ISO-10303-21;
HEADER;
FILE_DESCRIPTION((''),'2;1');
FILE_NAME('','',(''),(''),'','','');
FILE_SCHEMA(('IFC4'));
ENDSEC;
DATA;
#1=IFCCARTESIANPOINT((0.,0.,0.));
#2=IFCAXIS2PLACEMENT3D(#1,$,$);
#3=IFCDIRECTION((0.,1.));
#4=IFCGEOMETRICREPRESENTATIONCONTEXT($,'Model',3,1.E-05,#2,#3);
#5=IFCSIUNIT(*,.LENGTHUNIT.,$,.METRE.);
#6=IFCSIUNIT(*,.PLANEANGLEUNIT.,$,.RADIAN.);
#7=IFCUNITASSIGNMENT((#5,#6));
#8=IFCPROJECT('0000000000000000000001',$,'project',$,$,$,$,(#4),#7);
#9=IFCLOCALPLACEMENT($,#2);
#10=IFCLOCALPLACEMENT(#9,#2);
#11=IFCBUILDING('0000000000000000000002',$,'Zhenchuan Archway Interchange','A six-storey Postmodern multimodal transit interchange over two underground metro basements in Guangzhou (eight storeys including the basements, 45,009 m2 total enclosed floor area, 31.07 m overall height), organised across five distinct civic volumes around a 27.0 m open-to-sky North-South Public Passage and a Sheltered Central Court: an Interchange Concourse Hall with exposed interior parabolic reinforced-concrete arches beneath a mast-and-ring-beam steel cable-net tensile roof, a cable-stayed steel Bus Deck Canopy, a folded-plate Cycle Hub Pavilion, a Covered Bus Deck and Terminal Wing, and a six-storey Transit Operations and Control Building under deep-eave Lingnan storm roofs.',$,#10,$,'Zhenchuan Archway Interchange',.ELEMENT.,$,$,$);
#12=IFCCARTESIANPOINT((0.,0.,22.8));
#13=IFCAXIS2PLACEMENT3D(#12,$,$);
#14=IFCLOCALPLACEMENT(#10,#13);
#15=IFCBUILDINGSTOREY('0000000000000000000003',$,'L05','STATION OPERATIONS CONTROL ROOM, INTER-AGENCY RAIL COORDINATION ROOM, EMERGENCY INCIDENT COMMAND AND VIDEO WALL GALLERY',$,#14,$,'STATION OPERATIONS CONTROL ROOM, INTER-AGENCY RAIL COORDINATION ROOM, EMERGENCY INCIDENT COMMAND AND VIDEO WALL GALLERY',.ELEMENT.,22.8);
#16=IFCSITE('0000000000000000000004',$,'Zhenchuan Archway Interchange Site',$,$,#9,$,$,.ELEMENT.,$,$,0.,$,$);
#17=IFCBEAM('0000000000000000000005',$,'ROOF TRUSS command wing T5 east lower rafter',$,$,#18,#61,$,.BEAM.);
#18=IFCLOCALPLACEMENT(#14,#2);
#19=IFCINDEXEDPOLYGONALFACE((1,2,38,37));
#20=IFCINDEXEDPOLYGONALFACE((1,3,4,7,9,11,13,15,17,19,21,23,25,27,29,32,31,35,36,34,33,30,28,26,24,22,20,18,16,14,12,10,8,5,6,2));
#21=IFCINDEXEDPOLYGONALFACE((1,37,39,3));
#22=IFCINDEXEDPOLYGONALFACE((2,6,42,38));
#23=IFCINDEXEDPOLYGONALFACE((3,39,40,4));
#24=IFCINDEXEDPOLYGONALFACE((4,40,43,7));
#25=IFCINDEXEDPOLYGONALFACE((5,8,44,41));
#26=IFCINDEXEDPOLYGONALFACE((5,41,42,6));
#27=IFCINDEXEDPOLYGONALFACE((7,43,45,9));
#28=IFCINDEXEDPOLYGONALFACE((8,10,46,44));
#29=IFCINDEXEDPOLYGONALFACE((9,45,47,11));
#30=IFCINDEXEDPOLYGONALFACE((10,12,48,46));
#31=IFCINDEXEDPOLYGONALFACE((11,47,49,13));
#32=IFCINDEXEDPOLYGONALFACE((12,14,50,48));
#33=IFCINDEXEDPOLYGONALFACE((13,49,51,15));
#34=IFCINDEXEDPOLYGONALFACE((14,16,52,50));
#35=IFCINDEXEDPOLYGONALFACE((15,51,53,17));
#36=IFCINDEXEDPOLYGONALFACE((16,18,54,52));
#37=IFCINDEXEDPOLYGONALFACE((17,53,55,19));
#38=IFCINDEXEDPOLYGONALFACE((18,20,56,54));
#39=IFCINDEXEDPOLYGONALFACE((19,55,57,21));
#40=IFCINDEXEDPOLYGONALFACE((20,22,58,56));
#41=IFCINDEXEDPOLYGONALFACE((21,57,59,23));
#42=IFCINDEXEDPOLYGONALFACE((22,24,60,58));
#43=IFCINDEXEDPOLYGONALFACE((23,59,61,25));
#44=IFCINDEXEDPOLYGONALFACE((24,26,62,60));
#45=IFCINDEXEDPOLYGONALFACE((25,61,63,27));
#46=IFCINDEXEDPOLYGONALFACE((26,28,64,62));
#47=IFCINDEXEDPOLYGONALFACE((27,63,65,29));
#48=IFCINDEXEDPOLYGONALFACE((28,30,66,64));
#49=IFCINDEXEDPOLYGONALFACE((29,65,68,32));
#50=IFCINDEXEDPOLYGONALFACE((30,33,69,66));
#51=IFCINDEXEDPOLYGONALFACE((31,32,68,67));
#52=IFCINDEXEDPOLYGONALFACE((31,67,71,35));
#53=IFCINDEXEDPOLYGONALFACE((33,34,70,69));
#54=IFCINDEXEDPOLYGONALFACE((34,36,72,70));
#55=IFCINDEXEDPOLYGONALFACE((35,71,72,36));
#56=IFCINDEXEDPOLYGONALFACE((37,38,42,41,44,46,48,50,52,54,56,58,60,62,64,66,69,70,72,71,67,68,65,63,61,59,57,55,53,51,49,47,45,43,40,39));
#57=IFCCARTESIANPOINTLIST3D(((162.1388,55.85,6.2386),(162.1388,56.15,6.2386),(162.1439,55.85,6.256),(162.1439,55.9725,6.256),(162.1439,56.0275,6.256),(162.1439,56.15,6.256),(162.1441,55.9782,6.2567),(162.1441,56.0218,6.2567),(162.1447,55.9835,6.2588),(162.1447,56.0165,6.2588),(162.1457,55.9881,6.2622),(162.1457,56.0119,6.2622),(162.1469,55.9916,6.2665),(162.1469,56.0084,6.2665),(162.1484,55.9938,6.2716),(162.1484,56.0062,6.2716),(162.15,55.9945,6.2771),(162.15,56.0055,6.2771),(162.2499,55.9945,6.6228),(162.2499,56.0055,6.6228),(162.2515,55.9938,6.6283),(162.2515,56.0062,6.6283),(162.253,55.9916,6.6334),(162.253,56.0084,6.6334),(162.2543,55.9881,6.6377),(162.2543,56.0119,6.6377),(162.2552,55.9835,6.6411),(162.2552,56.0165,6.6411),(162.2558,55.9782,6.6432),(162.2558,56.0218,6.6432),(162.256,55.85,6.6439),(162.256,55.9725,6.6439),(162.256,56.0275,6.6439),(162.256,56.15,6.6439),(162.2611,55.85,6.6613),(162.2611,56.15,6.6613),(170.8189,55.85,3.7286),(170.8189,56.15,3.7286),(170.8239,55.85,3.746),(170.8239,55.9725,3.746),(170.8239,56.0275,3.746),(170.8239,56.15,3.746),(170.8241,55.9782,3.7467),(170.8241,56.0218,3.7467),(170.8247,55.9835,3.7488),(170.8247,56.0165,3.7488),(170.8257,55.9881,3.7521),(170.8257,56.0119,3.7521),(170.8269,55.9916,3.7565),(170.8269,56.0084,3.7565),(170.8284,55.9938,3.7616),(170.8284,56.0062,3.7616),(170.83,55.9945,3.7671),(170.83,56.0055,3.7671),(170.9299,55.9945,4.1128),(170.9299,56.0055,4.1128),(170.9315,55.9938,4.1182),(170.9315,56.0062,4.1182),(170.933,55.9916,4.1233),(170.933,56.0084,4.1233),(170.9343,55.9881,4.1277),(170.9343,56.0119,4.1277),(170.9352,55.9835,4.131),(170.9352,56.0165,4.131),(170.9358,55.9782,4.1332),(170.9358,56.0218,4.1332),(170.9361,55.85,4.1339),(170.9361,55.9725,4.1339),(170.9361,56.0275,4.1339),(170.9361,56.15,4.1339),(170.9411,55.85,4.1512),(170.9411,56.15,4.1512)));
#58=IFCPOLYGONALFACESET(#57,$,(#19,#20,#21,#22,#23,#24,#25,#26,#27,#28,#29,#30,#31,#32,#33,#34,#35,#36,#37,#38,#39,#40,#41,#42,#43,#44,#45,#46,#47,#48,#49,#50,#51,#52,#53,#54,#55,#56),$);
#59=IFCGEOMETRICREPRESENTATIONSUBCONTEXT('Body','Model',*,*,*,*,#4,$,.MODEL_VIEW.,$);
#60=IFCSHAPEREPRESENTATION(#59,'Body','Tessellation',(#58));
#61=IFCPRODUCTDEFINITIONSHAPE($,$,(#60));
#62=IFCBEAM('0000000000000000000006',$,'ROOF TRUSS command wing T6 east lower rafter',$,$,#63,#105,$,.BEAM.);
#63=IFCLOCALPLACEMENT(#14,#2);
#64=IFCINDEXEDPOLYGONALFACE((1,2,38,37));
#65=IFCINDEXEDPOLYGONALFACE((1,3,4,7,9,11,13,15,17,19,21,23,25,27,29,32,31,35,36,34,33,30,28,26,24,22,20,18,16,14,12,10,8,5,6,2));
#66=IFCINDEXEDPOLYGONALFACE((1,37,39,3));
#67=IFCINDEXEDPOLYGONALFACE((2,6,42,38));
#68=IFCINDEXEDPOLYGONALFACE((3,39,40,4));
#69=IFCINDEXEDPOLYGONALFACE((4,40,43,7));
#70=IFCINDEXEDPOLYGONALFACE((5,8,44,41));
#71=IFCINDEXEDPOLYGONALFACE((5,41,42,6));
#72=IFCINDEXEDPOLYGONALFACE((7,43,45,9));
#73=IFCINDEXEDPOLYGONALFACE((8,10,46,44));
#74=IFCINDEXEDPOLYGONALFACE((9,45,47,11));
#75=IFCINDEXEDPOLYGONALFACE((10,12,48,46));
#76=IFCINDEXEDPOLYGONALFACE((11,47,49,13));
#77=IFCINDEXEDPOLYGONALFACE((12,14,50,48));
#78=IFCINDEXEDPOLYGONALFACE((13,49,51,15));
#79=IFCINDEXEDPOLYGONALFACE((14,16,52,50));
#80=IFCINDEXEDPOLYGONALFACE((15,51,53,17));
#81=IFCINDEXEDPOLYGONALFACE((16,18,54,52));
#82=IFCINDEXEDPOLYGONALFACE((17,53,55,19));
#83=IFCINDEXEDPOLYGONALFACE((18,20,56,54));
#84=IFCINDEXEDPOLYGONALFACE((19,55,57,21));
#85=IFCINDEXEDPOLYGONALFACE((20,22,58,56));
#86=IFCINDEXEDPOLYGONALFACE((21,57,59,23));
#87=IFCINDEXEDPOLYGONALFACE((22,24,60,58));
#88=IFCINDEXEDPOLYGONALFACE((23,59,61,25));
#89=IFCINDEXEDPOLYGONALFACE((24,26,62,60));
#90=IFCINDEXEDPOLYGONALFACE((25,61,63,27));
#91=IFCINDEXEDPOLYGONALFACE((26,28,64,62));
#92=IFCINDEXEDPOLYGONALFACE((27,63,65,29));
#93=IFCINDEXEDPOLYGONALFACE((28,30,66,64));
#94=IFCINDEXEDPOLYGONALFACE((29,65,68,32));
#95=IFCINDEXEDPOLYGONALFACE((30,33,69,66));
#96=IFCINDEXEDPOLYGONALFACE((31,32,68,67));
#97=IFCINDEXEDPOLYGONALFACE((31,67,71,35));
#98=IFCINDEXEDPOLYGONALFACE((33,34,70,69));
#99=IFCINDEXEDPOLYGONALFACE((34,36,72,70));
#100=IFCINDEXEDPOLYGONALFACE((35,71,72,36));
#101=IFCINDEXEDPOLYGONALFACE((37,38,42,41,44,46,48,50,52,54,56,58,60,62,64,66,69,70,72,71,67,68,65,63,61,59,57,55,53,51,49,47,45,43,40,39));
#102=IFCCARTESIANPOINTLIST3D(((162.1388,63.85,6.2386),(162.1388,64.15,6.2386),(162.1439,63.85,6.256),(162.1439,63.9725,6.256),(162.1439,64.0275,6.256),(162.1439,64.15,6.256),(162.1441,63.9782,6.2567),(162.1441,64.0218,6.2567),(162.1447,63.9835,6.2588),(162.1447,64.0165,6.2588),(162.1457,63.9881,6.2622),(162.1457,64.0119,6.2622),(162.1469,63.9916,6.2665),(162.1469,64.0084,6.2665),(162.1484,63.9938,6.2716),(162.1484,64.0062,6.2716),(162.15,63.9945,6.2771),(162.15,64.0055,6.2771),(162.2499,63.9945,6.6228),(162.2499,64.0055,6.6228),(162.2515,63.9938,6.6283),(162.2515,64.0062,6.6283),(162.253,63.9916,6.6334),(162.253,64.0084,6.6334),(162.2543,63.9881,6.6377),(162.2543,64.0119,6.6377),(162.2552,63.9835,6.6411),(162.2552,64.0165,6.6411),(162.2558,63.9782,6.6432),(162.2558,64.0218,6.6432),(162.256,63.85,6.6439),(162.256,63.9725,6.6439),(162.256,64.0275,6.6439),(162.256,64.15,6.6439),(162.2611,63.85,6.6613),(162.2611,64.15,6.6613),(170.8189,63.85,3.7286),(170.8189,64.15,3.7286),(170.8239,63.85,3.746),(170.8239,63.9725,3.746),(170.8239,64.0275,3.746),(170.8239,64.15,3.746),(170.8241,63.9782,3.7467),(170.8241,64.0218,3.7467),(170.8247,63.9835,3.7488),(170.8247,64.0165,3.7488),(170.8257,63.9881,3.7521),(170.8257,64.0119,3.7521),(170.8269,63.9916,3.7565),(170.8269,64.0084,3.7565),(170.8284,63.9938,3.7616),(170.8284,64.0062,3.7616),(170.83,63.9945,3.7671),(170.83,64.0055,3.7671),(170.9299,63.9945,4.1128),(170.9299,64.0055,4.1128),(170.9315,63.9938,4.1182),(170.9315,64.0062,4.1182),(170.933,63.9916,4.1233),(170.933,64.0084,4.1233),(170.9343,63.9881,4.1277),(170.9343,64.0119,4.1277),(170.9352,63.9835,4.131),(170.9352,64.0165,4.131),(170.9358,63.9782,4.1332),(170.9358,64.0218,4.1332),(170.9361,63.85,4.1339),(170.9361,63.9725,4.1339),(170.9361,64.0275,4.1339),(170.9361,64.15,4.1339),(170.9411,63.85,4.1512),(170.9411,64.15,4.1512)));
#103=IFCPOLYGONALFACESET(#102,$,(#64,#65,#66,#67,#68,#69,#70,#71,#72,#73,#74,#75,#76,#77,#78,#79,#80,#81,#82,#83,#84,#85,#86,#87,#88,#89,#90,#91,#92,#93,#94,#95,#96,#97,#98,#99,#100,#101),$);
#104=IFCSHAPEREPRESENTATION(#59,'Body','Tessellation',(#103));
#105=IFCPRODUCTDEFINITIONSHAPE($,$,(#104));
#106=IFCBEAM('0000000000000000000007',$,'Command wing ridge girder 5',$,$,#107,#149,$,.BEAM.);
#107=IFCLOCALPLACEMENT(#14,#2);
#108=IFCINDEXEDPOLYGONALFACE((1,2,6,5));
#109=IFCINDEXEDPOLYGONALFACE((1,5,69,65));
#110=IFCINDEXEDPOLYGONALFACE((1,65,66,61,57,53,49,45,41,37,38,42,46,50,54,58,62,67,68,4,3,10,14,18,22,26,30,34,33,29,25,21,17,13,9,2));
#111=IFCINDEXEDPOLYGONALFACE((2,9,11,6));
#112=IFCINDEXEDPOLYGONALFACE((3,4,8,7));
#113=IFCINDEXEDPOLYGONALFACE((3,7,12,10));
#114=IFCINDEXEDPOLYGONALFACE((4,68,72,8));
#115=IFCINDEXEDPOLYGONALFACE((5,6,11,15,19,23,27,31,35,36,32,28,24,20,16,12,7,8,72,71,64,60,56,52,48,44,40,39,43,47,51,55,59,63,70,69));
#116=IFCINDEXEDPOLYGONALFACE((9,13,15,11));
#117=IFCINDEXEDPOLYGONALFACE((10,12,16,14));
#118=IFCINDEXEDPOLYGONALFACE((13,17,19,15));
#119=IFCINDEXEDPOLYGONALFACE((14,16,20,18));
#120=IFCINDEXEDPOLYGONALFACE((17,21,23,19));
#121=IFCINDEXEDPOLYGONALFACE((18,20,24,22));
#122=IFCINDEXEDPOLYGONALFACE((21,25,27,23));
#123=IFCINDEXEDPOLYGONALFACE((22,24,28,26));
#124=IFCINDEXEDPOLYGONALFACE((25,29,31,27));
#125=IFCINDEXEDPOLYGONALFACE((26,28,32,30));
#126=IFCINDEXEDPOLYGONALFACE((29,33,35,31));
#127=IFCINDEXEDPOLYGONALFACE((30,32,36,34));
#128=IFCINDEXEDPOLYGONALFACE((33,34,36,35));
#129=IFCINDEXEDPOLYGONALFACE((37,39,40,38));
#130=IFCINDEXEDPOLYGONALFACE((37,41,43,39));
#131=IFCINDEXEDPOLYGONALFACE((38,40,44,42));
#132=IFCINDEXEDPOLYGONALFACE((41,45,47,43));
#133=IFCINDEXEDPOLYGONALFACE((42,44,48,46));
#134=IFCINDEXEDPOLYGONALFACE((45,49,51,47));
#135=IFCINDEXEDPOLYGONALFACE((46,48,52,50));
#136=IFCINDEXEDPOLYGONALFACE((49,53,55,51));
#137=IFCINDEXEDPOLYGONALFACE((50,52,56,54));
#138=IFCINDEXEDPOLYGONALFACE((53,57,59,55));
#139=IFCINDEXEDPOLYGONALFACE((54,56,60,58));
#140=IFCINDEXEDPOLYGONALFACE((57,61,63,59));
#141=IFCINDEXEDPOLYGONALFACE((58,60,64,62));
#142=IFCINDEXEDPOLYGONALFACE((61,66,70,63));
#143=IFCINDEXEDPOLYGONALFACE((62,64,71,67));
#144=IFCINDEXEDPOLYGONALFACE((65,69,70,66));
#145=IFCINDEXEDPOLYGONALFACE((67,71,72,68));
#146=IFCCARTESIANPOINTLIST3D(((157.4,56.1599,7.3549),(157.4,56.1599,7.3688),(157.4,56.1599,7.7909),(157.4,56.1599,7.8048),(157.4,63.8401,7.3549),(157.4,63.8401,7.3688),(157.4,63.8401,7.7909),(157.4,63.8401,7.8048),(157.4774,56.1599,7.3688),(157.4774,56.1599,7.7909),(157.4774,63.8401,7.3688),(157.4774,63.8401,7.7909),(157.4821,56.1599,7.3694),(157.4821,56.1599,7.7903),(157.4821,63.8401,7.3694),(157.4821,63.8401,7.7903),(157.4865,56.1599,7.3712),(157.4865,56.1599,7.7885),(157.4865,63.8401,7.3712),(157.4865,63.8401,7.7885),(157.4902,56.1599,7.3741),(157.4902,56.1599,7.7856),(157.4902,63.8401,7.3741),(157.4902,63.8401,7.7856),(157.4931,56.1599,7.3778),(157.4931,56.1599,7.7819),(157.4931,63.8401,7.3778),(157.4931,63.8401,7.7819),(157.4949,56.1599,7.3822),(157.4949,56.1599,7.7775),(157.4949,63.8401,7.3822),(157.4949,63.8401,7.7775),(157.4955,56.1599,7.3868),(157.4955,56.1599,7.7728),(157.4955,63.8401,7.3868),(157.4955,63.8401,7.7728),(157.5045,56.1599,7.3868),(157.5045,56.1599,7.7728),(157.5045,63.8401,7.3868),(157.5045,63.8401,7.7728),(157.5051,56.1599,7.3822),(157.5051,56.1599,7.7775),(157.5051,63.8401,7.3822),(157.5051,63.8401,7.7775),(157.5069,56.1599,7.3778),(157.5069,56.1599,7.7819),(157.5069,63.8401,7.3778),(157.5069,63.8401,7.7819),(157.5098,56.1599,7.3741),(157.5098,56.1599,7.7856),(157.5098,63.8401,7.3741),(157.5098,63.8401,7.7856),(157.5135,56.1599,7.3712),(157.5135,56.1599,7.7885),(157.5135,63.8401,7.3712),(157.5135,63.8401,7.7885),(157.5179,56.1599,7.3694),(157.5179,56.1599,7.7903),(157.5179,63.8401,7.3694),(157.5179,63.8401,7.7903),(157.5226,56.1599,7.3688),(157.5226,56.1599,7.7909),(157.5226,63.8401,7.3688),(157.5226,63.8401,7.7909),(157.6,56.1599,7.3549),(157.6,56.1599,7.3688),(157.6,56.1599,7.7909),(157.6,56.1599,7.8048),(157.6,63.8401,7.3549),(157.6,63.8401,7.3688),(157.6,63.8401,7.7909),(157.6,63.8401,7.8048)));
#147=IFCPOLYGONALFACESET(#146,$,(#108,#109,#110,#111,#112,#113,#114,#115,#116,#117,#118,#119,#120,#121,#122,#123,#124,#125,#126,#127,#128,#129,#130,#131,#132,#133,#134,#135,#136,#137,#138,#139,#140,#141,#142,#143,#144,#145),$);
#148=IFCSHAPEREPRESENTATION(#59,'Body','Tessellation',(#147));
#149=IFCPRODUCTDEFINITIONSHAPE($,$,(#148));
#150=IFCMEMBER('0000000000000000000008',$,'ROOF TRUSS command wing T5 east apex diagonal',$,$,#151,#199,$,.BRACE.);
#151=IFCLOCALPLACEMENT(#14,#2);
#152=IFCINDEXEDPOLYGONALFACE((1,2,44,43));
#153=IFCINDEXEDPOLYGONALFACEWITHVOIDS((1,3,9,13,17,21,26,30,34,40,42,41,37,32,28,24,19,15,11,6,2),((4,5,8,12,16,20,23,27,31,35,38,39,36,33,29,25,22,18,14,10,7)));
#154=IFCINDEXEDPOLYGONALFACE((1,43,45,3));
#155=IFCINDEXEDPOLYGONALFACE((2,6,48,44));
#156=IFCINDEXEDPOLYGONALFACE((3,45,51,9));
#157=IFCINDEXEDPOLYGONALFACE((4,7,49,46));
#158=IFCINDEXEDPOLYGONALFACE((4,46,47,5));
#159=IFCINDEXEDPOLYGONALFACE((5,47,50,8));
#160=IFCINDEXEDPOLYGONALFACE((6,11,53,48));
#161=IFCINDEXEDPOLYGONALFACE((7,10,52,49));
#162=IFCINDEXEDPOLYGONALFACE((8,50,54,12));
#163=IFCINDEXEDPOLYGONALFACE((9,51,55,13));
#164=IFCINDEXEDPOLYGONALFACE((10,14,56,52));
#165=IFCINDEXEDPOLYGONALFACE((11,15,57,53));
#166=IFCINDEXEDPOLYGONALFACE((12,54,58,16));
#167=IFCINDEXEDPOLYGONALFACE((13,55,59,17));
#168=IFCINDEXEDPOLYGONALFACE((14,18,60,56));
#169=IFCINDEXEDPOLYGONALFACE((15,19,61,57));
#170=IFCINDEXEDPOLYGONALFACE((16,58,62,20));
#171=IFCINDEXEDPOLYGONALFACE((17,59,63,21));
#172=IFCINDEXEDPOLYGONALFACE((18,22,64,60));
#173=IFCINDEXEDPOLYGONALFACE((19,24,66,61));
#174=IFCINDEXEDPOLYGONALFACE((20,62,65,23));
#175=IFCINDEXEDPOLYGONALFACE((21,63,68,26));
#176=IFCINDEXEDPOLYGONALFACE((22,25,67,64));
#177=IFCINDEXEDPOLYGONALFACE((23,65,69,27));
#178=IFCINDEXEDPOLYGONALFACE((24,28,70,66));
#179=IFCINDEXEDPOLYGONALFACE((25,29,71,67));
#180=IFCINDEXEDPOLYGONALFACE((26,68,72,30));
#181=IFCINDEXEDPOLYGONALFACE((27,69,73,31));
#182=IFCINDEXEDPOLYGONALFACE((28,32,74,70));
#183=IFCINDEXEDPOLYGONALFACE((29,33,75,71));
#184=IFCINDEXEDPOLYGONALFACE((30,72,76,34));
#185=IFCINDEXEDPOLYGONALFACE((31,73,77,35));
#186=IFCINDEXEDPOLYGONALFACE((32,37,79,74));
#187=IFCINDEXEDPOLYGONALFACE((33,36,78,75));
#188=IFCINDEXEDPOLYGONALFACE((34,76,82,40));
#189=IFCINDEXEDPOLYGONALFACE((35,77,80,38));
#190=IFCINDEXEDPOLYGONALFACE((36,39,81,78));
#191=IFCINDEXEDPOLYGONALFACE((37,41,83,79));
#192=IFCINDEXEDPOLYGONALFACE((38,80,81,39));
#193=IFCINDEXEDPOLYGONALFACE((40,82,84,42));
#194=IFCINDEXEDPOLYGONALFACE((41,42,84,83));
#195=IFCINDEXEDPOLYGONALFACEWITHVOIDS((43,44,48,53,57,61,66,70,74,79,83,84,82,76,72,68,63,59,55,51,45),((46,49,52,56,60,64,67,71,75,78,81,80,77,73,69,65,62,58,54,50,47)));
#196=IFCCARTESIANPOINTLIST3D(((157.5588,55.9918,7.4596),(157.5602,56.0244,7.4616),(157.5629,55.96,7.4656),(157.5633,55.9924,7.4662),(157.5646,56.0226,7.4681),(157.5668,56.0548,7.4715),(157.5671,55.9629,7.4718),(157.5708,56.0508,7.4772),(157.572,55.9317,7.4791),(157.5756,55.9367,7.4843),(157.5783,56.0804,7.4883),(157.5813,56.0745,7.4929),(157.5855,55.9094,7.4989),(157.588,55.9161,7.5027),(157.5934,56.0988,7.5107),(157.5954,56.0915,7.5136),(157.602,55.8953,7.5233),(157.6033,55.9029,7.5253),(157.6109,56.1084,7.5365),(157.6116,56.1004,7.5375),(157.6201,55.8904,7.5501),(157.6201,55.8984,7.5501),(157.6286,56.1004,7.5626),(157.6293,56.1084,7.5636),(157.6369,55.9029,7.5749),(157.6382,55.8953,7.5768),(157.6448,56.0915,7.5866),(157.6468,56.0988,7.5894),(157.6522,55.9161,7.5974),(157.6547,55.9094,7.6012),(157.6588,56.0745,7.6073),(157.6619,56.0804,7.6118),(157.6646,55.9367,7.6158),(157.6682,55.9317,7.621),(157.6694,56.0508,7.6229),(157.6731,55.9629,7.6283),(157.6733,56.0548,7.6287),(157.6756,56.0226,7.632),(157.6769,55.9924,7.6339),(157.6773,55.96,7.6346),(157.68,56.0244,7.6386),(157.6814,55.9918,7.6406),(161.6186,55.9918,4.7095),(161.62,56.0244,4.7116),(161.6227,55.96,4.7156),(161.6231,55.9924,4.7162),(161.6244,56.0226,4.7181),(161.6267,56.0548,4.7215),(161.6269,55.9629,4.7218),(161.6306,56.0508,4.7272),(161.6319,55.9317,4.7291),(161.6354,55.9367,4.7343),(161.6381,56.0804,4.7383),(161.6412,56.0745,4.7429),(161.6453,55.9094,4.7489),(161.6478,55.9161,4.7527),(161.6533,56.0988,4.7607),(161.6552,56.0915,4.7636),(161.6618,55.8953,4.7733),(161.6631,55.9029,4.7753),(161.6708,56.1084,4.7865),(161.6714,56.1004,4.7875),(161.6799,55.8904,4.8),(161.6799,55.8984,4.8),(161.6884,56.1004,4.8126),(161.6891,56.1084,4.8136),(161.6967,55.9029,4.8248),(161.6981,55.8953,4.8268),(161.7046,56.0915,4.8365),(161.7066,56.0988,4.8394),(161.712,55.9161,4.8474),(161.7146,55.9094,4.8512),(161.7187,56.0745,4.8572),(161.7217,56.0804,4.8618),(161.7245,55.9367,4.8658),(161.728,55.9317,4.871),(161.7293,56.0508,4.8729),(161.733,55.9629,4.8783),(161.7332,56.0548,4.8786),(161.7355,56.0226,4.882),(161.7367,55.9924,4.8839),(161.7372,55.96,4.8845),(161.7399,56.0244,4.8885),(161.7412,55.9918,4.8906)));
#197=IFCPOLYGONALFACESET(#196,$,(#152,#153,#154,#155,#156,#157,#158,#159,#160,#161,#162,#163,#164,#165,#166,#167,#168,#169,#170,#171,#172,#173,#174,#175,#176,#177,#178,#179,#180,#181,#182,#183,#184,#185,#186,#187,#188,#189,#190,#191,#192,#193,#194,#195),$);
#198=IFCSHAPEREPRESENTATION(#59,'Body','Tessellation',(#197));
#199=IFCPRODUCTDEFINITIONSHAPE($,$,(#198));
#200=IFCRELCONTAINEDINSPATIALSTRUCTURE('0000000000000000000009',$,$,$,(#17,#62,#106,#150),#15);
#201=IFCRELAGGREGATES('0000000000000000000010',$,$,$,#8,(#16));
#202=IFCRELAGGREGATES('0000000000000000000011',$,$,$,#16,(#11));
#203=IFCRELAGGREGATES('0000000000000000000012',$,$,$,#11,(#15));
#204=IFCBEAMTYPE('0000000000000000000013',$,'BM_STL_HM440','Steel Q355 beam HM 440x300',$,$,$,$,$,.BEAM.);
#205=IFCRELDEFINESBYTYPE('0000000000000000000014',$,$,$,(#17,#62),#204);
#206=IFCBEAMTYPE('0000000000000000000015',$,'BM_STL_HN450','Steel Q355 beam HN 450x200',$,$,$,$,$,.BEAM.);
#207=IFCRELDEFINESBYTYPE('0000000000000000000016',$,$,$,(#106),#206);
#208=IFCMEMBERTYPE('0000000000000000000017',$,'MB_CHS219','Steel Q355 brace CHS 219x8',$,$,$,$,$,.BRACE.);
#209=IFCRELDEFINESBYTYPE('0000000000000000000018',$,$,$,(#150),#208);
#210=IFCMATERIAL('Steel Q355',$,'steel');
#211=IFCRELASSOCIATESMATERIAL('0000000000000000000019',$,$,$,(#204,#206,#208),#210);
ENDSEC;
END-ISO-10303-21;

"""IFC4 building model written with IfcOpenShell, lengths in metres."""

from ifc_helpers import new_model, si_unit, direction, frame, origin, origin_2d, place, context, subcontext, project, spatial, hollow_circle, i_section, extrude, material, material_profile, profile_set, type_object, element, save


model = new_model("IFC4")

# Units and contexts
model_context = context("Model", 3, precision=1e-05, world=origin(), true_north=direction((0.0, 1.0)))
body_context = subcontext(model_context, "Body", "Model", "MODEL_VIEW")
ifc_project = project(units=[si_unit("LENGTHUNIT", "METRE"), si_unit("PLANEANGLEUNIT", "RADIAN")], contexts=[model_context])

# Site, building, storey
site_placement = place(None, origin())
site = spatial("IfcSite", under=ifc_project, at=site_placement, Name="Zhenchuan Archway Interchange Site", CompositionType="ELEMENT", RefElevation=0.0)
building_placement = place(site_placement, origin())
building = spatial("IfcBuilding", under=site, at=building_placement, Name="Zhenchuan Archway Interchange", Description="A six-storey Postmodern multimodal transit interchange over two underground metro basements in Guangzhou (eight storeys including the basements, 45,009 m2 total enclosed floor area, 31.07 m overall height), organised across five distinct civic volumes around a 27.0 m open-to-sky North-South Public Passage and a Sheltered Central Court: an Interchange Concourse Hall with exposed interior parabolic reinforced-concrete arches beneath a mast-and-ring-beam steel cable-net tensile roof, a cable-stayed steel Bus Deck Canopy, a folded-plate Cycle Hub Pavilion, a Covered Bus Deck and Terminal Wing, and a six-storey Transit Operations and Control Building under deep-eave Lingnan storm roofs.", LongName="Zhenchuan Archway Interchange", CompositionType="ELEMENT")
storey_placement = place(building_placement, frame((0.0, 0.0, 22.8)))
storey = spatial("IfcBuildingStorey", under=building, at=storey_placement, Name="L05", Description="STATION OPERATIONS CONTROL ROOM, INTER-AGENCY RAIL COORDINATION ROOM, EMERGENCY INCIDENT COMMAND AND VIDEO WALL GALLERY", LongName="STATION OPERATIONS CONTROL ROOM, INTER-AGENCY RAIL COORDINATION ROOM, EMERGENCY INCIDENT COMMAND AND VIDEO WALL GALLERY", CompositionType="ELEMENT", Elevation=22.8)

# Beams
ifc_material_1 = material(Name="Steel Q355", Category="steel")
ifc_material_profile_1 = material_profile(ifc_material_1, i_section(OverallWidth=0.3, OverallDepth=0.4399, WebThickness=0.011, FlangeThickness=0.0181, FilletRadius=0.022, at=origin_2d()), Name="HM 440x300")
ifc_profile_set_1 = profile_set([ifc_material_profile_1], Name="Steel Q355")
beam_type_1 = type_object("IfcBeamType", Name="BM_STL_HM440", Description="Steel Q355 beam HM 440x300", PredefinedType="BEAM", material=ifc_profile_set_1)
for number, where, z_axis, x_axis, name in (
    (1, (162.2, 56.0, 6.45), (0.960641, 0.0, -0.277792), (0.0, 1.0, 0.0), "ROOF TRUSS command wing T5 east lower rafter"),
    (2, (162.2, 64.0, 6.45), (0.960641, 0.0, -0.277792), (0.0, 1.0, 0.0), "ROOF TRUSS command wing T6 east lower rafter"),
):
    element("IfcBeam", number, at=place(storey_placement, frame(where, z_axis=z_axis, x_axis=x_axis)), inside=storey, type_object=beam_type_1, Name=name, PredefinedType="BEAM", context=body_context, shape_type="SweptSolid", body=[
        extrude(i_section(OverallWidth=0.3, OverallDepth=0.4399, WebThickness=0.011, FlangeThickness=0.0181, FilletRadius=0.022, at=origin_2d()), origin(), (0.0, 0.0, 1.0), 9.0356),
    ])
ifc_material_profile_2 = material_profile(ifc_material_1, i_section(OverallWidth=0.2, OverallDepth=0.45, WebThickness=0.009, FlangeThickness=0.0139, FilletRadius=0.0181, at=origin_2d()), Name="HN 450x200")
ifc_profile_set_2 = profile_set([ifc_material_profile_2], Name="Steel Q355")
beam_type_2 = type_object("IfcBeamType", Name="BM_STL_HN450", Description="Steel Q355 beam HN 450x200", PredefinedType="BEAM", material=ifc_profile_set_2)
beam_1_placement = place(storey_placement, frame((157.5, 56.1599, 7.5798), z_axis=(0.0, 1.0, 0.0), x_axis=(-1.0, 0.0, 0.0)))
element("IfcBeam", 3, at=beam_1_placement, inside=storey, type_object=beam_type_2, Name="Command wing ridge girder 5", PredefinedType="BEAM", context=body_context, shape_type="SweptSolid", body=[
    extrude(i_section(OverallWidth=0.2, OverallDepth=0.45, WebThickness=0.009, FlangeThickness=0.0139, FilletRadius=0.0181, at=origin_2d()), origin(), (0.0, 0.0, 1.0), 7.6802),
])

# Member
ifc_material_profile_3 = material_profile(ifc_material_1, hollow_circle(Radius=0.1096, WallThickness=0.0081, at=origin_2d()), Name="CHS 219x8")
ifc_profile_set_3 = profile_set([ifc_material_profile_3], Name="Steel Q355")
member_type_1 = type_object("IfcMemberType", Name="MB_CHS219", Description="Steel Q355 brace CHS 219x8", PredefinedType="BRACE", material=ifc_profile_set_3)
for number, where, z_axis, x_axis, name in (
    (4, (161.6799, 56.0, 4.8), (-0.827937, 0.0, 0.560821), (0.0, -1.0, 0.0), "ROOF TRUSS command wing T5 east apex diagonal"),
):
    element("IfcMember", number, at=place(storey_placement, frame(where, z_axis=z_axis, x_axis=x_axis)), inside=storey, type_object=member_type_1, Name=name, PredefinedType="BRACE", context=body_context, shape_type="SweptSolid", body=[
        extrude(hollow_circle(Radius=0.1096, WallThickness=0.0081, at=origin_2d()), origin(), (0.0, 0.0, 1.0), 4.9036),
    ])

save(model, "model.ifc")
